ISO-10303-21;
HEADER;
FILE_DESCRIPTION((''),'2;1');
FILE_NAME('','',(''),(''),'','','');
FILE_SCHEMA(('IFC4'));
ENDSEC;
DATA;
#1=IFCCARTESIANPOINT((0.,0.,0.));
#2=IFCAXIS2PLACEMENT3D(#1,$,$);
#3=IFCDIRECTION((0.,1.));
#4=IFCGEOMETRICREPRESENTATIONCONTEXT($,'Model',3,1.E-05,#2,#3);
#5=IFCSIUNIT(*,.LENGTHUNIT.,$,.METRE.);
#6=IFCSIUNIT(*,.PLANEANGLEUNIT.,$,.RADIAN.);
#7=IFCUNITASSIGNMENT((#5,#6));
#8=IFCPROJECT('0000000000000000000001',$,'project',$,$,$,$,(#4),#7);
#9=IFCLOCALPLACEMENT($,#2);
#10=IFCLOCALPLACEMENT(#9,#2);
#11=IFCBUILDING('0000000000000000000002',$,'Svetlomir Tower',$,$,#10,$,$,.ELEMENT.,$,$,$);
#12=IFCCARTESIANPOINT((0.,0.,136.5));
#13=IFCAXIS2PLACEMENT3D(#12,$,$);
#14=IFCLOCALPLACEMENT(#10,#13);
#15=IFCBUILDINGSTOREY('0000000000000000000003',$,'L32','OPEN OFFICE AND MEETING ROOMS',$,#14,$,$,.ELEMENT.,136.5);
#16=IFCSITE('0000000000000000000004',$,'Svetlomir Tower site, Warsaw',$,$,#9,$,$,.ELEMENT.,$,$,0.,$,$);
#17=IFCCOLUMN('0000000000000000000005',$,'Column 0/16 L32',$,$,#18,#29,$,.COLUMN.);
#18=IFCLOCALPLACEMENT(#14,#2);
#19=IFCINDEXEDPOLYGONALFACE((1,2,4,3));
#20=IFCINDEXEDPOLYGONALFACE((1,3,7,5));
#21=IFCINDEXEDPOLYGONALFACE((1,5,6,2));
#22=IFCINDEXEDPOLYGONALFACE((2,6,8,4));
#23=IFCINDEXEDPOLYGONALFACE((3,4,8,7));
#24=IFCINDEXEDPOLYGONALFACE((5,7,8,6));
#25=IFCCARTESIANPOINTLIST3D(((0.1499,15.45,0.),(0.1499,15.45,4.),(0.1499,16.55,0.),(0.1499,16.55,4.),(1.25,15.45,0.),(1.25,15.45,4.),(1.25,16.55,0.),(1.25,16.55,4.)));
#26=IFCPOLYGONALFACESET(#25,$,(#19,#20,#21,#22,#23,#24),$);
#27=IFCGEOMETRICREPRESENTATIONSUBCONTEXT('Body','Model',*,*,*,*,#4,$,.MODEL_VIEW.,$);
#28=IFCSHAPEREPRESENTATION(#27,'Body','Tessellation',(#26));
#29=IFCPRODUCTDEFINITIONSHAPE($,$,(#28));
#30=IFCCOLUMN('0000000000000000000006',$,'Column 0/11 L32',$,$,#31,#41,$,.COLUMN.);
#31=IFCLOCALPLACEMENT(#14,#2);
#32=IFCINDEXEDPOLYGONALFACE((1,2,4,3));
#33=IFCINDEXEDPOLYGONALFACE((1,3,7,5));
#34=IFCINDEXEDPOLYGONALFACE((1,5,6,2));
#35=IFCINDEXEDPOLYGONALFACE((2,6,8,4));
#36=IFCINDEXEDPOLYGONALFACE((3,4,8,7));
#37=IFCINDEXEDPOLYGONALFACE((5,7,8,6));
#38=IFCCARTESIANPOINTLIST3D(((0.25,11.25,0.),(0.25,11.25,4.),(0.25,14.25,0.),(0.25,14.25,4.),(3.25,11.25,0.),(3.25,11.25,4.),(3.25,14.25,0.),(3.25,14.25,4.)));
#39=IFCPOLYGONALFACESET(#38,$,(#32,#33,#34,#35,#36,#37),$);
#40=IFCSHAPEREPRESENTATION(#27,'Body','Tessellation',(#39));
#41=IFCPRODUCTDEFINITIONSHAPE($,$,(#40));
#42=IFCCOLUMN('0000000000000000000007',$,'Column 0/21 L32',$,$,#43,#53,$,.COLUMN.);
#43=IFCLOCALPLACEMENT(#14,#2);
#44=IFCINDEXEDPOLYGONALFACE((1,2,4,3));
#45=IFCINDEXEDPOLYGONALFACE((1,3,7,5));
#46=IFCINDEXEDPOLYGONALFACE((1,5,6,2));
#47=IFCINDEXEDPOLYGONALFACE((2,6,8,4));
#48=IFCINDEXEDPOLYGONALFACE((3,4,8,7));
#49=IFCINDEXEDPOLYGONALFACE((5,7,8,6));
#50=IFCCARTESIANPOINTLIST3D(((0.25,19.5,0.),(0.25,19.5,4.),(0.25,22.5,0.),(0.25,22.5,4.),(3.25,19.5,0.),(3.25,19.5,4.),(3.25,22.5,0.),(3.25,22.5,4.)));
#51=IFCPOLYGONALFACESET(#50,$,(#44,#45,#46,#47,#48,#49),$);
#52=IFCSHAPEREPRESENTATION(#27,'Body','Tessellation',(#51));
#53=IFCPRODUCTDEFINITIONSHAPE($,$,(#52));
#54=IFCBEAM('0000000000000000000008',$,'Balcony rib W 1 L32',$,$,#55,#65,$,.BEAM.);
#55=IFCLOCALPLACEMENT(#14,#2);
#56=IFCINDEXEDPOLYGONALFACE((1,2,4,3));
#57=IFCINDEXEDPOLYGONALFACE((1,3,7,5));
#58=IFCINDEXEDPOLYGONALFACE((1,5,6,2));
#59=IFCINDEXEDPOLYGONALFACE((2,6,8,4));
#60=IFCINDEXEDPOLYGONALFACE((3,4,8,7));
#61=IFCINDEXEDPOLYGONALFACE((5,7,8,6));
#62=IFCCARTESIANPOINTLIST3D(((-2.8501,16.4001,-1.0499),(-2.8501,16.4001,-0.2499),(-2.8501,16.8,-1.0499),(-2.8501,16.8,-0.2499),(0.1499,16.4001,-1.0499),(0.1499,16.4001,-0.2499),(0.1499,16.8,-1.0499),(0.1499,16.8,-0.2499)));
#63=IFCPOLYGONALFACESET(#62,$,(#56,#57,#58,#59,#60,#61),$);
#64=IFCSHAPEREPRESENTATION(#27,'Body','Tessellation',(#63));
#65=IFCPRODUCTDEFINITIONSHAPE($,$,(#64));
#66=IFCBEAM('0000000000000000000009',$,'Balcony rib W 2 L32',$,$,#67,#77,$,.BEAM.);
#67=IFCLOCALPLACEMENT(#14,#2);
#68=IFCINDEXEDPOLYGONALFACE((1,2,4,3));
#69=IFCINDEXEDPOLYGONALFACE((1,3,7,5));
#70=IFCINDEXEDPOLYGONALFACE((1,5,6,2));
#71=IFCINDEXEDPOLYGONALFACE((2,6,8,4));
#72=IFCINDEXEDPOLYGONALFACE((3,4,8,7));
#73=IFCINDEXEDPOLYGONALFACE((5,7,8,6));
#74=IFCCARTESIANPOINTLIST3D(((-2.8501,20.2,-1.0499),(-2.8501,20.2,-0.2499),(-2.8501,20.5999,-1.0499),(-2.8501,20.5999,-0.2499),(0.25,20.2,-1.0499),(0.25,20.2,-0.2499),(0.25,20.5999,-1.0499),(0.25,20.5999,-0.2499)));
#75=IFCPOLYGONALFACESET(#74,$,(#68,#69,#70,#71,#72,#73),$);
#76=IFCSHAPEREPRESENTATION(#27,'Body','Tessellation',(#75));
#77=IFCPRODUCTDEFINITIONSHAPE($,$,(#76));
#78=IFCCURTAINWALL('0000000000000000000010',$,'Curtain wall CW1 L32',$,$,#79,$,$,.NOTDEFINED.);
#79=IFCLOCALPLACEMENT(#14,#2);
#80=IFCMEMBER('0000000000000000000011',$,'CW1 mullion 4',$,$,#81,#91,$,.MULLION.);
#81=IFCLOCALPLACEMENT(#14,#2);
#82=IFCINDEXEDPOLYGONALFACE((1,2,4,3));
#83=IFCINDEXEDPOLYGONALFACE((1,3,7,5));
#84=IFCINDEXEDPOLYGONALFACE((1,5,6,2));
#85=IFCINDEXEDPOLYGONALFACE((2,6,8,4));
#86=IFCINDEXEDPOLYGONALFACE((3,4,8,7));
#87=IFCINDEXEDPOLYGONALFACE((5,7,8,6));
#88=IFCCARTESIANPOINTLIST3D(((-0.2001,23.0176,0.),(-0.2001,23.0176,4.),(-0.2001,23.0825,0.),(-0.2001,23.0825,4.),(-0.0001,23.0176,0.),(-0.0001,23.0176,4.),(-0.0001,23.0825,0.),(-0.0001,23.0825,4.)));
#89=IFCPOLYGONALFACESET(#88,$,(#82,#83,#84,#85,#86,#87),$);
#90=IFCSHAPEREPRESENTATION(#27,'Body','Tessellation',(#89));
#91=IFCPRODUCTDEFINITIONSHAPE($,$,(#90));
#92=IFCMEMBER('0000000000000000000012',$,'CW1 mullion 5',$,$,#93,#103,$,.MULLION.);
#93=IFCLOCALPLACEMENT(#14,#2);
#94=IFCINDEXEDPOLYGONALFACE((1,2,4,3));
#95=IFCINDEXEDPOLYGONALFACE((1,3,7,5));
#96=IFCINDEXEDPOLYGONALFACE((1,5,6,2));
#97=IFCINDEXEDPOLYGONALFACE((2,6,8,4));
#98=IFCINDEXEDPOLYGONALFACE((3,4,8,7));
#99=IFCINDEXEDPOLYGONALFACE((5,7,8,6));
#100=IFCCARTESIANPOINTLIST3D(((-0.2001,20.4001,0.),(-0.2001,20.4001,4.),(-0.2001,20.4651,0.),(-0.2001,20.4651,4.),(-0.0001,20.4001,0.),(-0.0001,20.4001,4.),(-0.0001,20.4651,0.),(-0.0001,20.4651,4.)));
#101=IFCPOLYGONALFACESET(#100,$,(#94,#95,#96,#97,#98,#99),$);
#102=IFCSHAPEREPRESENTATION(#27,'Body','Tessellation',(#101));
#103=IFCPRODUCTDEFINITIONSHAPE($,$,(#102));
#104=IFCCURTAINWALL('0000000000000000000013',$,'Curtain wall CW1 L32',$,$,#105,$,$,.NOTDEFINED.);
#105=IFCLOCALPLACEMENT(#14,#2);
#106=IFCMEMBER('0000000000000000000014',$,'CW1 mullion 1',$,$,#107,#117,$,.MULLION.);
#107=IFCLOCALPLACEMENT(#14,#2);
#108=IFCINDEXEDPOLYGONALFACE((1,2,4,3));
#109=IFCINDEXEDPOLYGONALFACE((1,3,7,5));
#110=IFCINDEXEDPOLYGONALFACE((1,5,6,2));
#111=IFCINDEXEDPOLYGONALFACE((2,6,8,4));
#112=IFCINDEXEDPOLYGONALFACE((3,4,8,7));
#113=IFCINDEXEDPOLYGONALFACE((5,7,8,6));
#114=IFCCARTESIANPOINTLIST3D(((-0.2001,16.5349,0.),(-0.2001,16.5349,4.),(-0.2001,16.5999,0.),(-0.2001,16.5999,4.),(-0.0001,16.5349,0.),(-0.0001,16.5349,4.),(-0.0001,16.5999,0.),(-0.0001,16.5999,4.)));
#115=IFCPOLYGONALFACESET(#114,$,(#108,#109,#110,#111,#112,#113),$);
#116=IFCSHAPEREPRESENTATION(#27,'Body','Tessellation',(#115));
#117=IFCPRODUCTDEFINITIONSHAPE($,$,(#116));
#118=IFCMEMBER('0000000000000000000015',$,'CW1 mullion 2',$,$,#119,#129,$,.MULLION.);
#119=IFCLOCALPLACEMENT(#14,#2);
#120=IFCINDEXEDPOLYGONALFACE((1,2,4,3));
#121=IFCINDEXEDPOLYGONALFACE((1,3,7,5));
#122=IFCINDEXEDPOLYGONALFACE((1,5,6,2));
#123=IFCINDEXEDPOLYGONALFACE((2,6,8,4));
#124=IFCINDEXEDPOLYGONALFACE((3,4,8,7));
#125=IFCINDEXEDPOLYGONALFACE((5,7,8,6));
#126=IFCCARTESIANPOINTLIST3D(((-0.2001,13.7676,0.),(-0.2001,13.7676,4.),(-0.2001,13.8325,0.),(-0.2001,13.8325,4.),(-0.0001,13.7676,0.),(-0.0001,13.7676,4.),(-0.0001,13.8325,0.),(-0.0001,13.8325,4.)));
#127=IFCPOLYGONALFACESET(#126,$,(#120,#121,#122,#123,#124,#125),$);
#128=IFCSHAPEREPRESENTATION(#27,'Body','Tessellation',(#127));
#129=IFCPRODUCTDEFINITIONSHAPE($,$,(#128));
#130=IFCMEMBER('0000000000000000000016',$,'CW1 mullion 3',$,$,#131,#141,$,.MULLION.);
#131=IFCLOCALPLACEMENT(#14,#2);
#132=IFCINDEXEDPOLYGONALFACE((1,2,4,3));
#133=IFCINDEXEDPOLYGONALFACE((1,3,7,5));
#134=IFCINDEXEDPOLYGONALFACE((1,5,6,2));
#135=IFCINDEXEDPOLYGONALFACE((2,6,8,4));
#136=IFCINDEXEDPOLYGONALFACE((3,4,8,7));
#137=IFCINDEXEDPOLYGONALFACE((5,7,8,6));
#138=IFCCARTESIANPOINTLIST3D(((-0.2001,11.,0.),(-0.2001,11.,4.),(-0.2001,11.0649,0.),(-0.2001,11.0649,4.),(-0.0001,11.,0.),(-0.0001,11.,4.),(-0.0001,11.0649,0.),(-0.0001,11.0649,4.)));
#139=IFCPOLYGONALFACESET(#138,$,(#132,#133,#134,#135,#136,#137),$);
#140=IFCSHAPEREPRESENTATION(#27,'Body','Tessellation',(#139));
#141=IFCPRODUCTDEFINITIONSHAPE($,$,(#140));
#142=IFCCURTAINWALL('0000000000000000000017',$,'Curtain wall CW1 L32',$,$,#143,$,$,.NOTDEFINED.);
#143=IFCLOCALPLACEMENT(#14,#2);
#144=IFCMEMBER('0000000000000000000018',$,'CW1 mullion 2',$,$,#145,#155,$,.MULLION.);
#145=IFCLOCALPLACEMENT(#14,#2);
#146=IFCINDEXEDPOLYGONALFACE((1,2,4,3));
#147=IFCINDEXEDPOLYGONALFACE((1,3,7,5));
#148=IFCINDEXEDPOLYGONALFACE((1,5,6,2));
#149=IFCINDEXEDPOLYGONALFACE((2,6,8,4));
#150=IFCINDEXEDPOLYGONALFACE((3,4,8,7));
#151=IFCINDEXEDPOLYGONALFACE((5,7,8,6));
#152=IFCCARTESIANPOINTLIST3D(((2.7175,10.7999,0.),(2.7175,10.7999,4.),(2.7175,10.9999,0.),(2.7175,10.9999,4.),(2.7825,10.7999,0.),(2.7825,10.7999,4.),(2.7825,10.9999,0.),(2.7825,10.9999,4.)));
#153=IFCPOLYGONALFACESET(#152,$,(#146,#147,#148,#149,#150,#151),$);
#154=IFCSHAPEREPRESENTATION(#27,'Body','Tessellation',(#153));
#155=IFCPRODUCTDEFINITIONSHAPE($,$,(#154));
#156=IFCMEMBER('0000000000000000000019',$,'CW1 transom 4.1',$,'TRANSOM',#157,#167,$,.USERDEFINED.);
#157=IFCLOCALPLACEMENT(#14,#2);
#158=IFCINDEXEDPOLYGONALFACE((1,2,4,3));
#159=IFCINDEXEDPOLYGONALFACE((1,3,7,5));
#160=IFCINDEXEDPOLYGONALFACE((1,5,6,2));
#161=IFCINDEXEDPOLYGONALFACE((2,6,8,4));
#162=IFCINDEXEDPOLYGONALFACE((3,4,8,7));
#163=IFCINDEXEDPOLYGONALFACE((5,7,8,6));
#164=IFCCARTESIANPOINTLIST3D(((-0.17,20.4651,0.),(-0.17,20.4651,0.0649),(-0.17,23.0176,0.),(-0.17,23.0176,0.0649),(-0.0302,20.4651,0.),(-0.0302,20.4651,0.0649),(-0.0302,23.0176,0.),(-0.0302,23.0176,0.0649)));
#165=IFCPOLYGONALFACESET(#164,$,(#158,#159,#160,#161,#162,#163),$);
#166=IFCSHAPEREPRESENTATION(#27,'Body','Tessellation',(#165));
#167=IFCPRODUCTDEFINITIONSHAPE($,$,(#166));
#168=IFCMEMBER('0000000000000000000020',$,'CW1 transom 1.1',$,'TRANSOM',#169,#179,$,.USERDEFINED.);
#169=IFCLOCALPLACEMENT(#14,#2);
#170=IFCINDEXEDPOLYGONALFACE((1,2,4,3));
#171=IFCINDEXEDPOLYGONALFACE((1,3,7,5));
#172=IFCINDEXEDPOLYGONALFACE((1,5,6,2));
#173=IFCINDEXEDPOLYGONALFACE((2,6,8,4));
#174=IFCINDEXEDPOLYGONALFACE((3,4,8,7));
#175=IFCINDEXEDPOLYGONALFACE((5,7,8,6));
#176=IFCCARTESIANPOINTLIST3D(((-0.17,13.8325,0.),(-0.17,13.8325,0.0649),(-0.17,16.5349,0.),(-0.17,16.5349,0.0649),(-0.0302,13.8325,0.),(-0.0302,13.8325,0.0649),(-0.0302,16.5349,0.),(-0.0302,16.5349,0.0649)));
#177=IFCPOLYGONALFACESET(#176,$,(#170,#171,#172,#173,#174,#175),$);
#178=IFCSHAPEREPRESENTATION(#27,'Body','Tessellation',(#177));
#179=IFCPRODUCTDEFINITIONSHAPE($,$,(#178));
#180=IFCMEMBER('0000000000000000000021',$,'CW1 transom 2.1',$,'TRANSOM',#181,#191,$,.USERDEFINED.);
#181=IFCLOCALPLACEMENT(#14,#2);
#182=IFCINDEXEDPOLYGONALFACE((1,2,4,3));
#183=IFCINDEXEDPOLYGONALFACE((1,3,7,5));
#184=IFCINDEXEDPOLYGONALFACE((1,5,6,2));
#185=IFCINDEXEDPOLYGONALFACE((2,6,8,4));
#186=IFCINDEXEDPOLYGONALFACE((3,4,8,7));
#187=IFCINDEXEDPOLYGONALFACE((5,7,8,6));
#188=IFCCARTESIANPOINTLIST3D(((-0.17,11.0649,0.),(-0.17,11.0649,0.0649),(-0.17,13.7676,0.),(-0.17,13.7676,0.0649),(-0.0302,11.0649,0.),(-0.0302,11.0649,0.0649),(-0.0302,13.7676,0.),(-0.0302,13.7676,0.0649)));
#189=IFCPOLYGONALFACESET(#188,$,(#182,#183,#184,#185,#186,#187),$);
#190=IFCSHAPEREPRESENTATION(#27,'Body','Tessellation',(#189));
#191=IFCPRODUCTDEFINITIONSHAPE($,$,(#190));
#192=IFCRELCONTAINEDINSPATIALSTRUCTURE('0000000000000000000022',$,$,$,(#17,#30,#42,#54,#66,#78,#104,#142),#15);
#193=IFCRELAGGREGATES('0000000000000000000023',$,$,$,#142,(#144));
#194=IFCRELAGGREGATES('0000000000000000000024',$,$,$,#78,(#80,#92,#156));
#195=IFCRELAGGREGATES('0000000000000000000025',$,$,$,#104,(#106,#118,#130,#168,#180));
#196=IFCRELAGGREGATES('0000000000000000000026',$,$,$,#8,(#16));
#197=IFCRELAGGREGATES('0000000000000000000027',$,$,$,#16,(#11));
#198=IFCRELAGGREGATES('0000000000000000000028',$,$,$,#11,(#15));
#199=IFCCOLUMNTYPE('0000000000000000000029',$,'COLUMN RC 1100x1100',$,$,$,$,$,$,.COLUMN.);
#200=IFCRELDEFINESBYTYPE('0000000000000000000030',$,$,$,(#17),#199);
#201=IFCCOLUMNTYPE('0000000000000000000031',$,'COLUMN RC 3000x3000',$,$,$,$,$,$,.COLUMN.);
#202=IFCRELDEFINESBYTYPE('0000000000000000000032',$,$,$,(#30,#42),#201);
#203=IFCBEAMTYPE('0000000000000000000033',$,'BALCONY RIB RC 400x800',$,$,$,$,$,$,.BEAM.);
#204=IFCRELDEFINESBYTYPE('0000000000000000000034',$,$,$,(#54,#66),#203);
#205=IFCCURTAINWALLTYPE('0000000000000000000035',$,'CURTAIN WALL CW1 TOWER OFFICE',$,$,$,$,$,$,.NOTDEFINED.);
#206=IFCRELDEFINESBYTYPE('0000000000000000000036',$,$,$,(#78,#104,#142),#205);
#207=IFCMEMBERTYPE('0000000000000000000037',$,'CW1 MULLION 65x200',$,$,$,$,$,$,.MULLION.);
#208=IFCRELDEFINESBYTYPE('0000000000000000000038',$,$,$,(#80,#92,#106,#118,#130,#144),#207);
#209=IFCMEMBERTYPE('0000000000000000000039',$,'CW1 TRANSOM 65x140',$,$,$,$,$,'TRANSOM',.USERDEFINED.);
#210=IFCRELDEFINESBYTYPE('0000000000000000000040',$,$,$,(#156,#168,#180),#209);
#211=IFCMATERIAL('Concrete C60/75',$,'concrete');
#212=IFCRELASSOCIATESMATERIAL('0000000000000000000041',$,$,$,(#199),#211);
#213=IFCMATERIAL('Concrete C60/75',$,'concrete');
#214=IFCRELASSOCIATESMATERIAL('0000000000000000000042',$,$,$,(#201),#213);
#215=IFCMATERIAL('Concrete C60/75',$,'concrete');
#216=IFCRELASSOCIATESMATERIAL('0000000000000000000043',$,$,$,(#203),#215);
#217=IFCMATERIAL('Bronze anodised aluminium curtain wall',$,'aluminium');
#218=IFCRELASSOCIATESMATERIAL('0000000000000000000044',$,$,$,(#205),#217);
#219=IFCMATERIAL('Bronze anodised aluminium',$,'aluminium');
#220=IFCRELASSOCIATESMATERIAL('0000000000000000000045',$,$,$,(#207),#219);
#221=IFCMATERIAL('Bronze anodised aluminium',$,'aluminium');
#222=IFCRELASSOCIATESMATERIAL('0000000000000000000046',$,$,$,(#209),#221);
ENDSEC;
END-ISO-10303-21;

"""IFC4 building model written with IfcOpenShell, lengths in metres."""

from ifc_helpers import new_model, si_unit, direction, frame, origin, origin_2d, place, context, subcontext, project, spatial, rectangle, extrude, material, material_profile, profile_set, type_object, element, aggregate, save


model = new_model("IFC4")

# Units and contexts
model_context = context("Model", 3, precision=1e-05, world=origin(), true_north=direction((0.0, 1.0)))
body_context = subcontext(model_context, "Body", "Model", "MODEL_VIEW")
ifc_project = project(units=[si_unit("LENGTHUNIT", "METRE"), si_unit("PLANEANGLEUNIT", "RADIAN")], contexts=[model_context])

# Site, building, storey
site_placement = place(None, origin())
site = spatial("IfcSite", under=ifc_project, at=site_placement, Name="Svetlomir Tower site, Warsaw", CompositionType="ELEMENT", RefElevation=0.0)
building_placement = place(site_placement, origin())
building = spatial("IfcBuilding", under=site, at=building_placement, Name="Svetlomir Tower", CompositionType="ELEMENT")
storey_placement = place(building_placement, frame((0.0, 0.0, 136.5)))
storey = spatial("IfcBuildingStorey", under=building, at=storey_placement, Name="L32", Description="OPEN OFFICE AND MEETING ROOMS", CompositionType="ELEMENT", Elevation=136.5)

# Columns
ifc_material_1 = material(Name="Concrete C60/75", Category="concrete")
ifc_material_profile_1 = material_profile(ifc_material_1, rectangle(XDim=1.1001, YDim=1.1001, at=origin_2d()), Name="RC 1100x1100")
ifc_profile_set_1 = profile_set([ifc_material_profile_1], Name="Concrete C60/75")
column_type_1 = type_object("IfcColumnType", Name="COLUMN RC 1100x1100", PredefinedType="COLUMN", material=ifc_profile_set_1)
column_placement = place(storey_placement, frame((0.7, 16.0, 0.0), z_axis=(0.0, 0.0, 1.0), x_axis=(1.0, 0.0, 0.0)))
element("IfcColumn", 1, at=column_placement, inside=storey, type_object=column_type_1, Name="Column 0/16 L32", PredefinedType="COLUMN", context=body_context, shape_type="SweptSolid", body=[
    extrude(rectangle(XDim=1.1001, YDim=1.1001, at=origin_2d()), origin(), (0.0, 0.0, 1.0), 4.0),
])
ifc_material_2 = material(Name="Concrete C60/75", Category="concrete")
ifc_material_profile_2 = material_profile(ifc_material_2, rectangle(XDim=3.0, YDim=3.0, at=origin_2d()), Name="RC 3000x3000")
ifc_profile_set_2 = profile_set([ifc_material_profile_2], Name="Concrete C60/75")
column_type_2 = type_object("IfcColumnType", Name="COLUMN RC 3000x3000", PredefinedType="COLUMN", material=ifc_profile_set_2)
for number, where, z_axis, x_axis, name in (
    (2, (1.75, 12.75, 0.0), (0.0, 0.0, 1.0), (1.0, 0.0, 0.0), "Column 0/11 L32"),
    (3, (1.75, 21.0, 0.0), (0.0, 0.0, 1.0), (1.0, 0.0, 0.0), "Column 0/21 L32"),
):
    element("IfcColumn", number, at=place(storey_placement, frame(where, z_axis=z_axis, x_axis=x_axis)), inside=storey, type_object=column_type_2, Name=name, PredefinedType="COLUMN", context=body_context, shape_type="SweptSolid", body=[
        extrude(rectangle(XDim=3.0, YDim=3.0, at=origin_2d()), origin(), (0.0, 0.0, 1.0), 4.0),
    ])

# Beams
ifc_material_3 = material(Name="Concrete C60/75", Category="concrete")
ifc_material_profile_3 = material_profile(ifc_material_3, rectangle(XDim=0.3999, YDim=0.8, at=origin_2d()), Name="RC 400x800")
ifc_profile_set_3 = profile_set([ifc_material_profile_3], Name="Concrete C60/75")
beam_type_1 = type_object("IfcBeamType", Name="BALCONY RIB RC 400x800", PredefinedType="BEAM", material=ifc_profile_set_3)
beam_1_placement = place(storey_placement, frame((0.1499, 16.6001, -0.6499), z_axis=(-1.0, 0.0, 0.0), x_axis=(0.0, -1.0, 0.0)))
element("IfcBeam", 4, at=beam_1_placement, inside=storey, type_object=beam_type_1, Name="Balcony rib W 1 L32", PredefinedType="BEAM", context=body_context, shape_type="SweptSolid", body=[
    extrude(rectangle(XDim=0.3999, YDim=0.8, at=origin_2d()), origin(), (0.0, 0.0, 1.0), 3.0),
])
beam_2_placement = place(storey_placement, frame((0.25, 20.3999, -0.6499), z_axis=(-1.0, 0.0, 0.0), x_axis=(0.0, -1.0, 0.0)))
element("IfcBeam", 5, at=beam_2_placement, inside=storey, type_object=beam_type_1, Name="Balcony rib W 2 L32", PredefinedType="BEAM", context=body_context, shape_type="SweptSolid", body=[
    extrude(rectangle(XDim=0.3999, YDim=0.8, at=origin_2d()), origin(), (0.0, 0.0, 1.0), 3.1001),
])

# Curtain walls, members
ifc_material_4 = material(Name="Bronze anodised aluminium curtain wall", Category="aluminium")
curtain_wall_type = type_object("IfcCurtainWallType", Name="CURTAIN WALL CW1 TOWER OFFICE", PredefinedType="NOTDEFINED", material=ifc_material_4)
curtain_wall_1_placement = place(storey_placement, origin())
curtain_wall_1 = element("IfcCurtainWall", 6, at=curtain_wall_1_placement, inside=storey, type_object=curtain_wall_type, Name="Curtain wall CW1 L32", PredefinedType="NOTDEFINED")
ifc_material_5 = material(Name="Bronze anodised aluminium", Category="aluminium")
ifc_material_profile_4 = material_profile(ifc_material_5, rectangle(XDim=0.0649, YDim=0.2, at=origin_2d()), Name="AL 65x200")
ifc_profile_set_4 = profile_set([ifc_material_profile_4], Name="Bronze anodised aluminium 6063-T6")
member_type_1 = type_object("IfcMemberType", Name="CW1 MULLION 65x200", PredefinedType="MULLION", material=ifc_profile_set_4)
member_1_placement = place(storey_placement, frame((-0.1001, 23.05, 0.0), z_axis=(0.0, 0.0, 1.0), x_axis=(0.0, -1.0, 0.0)))
member_1 = element("IfcMember", 7, at=member_1_placement, type_object=member_type_1, Name="CW1 mullion 4", PredefinedType="MULLION", context=body_context, shape_type="SweptSolid", body=[
    extrude(rectangle(XDim=0.0649, YDim=0.2, at=origin_2d()), origin(), (0.0, 0.0, 1.0), 4.0),
])
member_2_placement = place(storey_placement, frame((-0.1001, 20.4326, 0.0), z_axis=(0.0, 0.0, 1.0), x_axis=(0.0, -1.0, 0.0)))
member_2 = element("IfcMember", 8, at=member_2_placement, type_object=member_type_1, Name="CW1 mullion 5", PredefinedType="MULLION", context=body_context, shape_type="SweptSolid", body=[
    extrude(rectangle(XDim=0.0649, YDim=0.2, at=origin_2d()), origin(), (0.0, 0.0, 1.0), 4.0),
])
curtain_wall_2_placement = place(storey_placement, origin())
curtain_wall_2 = element("IfcCurtainWall", 9, at=curtain_wall_2_placement, inside=storey, type_object=curtain_wall_type, Name="Curtain wall CW1 L32", PredefinedType="NOTDEFINED")
member_3_placement = place(storey_placement, frame((-0.1001, 16.5674, 0.0), z_axis=(0.0, 0.0, 1.0), x_axis=(0.0, -1.0, 0.0)))
member_3 = element("IfcMember", 10, at=member_3_placement, type_object=member_type_1, Name="CW1 mullion 1", PredefinedType="MULLION", context=body_context, shape_type="SweptSolid", body=[
    extrude(rectangle(XDim=0.0649, YDim=0.2, at=origin_2d()), origin(), (0.0, 0.0, 1.0), 4.0),
])
member_4_placement = place(storey_placement, frame((-0.1001, 13.8, 0.0), z_axis=(0.0, 0.0, 1.0), x_axis=(0.0, -1.0, 0.0)))
member_4 = element("IfcMember", 11, at=member_4_placement, type_object=member_type_1, Name="CW1 mullion 2", PredefinedType="MULLION", context=body_context, shape_type="SweptSolid", body=[
    extrude(rectangle(XDim=0.0649, YDim=0.2, at=origin_2d()), origin(), (0.0, 0.0, 1.0), 4.0),
])
member_5_placement = place(storey_placement, frame((-0.1001, 11.0325, 0.0), z_axis=(0.0, 0.0, 1.0), x_axis=(0.0, -1.0, 0.0)))
member_5 = element("IfcMember", 12, at=member_5_placement, type_object=member_type_1, Name="CW1 mullion 3", PredefinedType="MULLION", context=body_context, shape_type="SweptSolid", body=[
    extrude(rectangle(XDim=0.0649, YDim=0.2, at=origin_2d()), origin(), (0.0, 0.0, 1.0), 4.0),
])

# Curtain wall, member
curtain_wall_3_placement = place(storey_placement, origin())
curtain_wall_3 = element("IfcCurtainWall", 13, at=curtain_wall_3_placement, inside=storey, type_object=curtain_wall_type, Name="Curtain wall CW1 L32", PredefinedType="NOTDEFINED")
member_6_placement = place(storey_placement, frame((2.75, 10.8999, 0.0), z_axis=(0.0, 0.0, 1.0), x_axis=(1.0, 0.0, 0.0)))
member_6 = element("IfcMember", 14, at=member_6_placement, type_object=member_type_1, Name="CW1 mullion 2", PredefinedType="MULLION", context=body_context, shape_type="SweptSolid", body=[
    extrude(rectangle(XDim=0.0649, YDim=0.2, at=origin_2d()), origin(), (0.0, 0.0, 1.0), 4.0),
])
aggregate(curtain_wall_3, [member_6])

# Members
ifc_material_6 = material(Name="Bronze anodised aluminium", Category="aluminium")
ifc_material_profile_5 = material_profile(ifc_material_6, rectangle(XDim=0.1399, YDim=0.0649, at=origin_2d()), Name="AL 140x65")
ifc_profile_set_5 = profile_set([ifc_material_profile_5], Name="Bronze anodised aluminium 6063-T6")
member_type_2 = type_object("IfcMemberType", Name="CW1 TRANSOM 65x140", ElementType="TRANSOM", PredefinedType="USERDEFINED", material=ifc_profile_set_5)
member_7_placement = place(storey_placement, frame((-0.1001, 23.0176, 0.0325), z_axis=(0.0, -1.0, 0.0), x_axis=(1.0, 0.0, 0.0)))
member_7 = element("IfcMember", 15, at=member_7_placement, type_object=member_type_2, Name="CW1 transom 4.1", ObjectType="TRANSOM", PredefinedType="USERDEFINED", context=body_context, shape_type="SweptSolid", body=[
    extrude(rectangle(XDim=0.1399, YDim=0.0649, at=origin_2d()), origin(), (0.0, 0.0, 1.0), 2.5525),
])
member_8_placement = place(storey_placement, frame((-0.1001, 16.5349, 0.0325), z_axis=(0.0, -1.0, 0.0), x_axis=(1.0, 0.0, 0.0)))
member_8 = element("IfcMember", 16, at=member_8_placement, type_object=member_type_2, Name="CW1 transom 1.1", ObjectType="TRANSOM", PredefinedType="USERDEFINED", context=body_context, shape_type="SweptSolid", body=[
    extrude(rectangle(XDim=0.1399, YDim=0.0649, at=origin_2d()), origin(), (0.0, 0.0, 1.0), 2.7024),
])
member_9_placement = place(storey_placement, frame((-0.1001, 13.7676, 0.0325), z_axis=(0.0, -1.0, 0.0), x_axis=(1.0, 0.0, 0.0)))
member_9 = element("IfcMember", 17, at=member_9_placement, type_object=member_type_2, Name="CW1 transom 2.1", ObjectType="TRANSOM", PredefinedType="USERDEFINED", context=body_context, shape_type="SweptSolid", body=[
    extrude(rectangle(XDim=0.1399, YDim=0.0649, at=origin_2d()), origin(), (0.0, 0.0, 1.0), 2.7026),
])

aggregate(curtain_wall_1, [member_1, member_2, member_7])
aggregate(curtain_wall_2, [member_3, member_4, member_5, member_8, member_9])

save(model, "model.ifc")
